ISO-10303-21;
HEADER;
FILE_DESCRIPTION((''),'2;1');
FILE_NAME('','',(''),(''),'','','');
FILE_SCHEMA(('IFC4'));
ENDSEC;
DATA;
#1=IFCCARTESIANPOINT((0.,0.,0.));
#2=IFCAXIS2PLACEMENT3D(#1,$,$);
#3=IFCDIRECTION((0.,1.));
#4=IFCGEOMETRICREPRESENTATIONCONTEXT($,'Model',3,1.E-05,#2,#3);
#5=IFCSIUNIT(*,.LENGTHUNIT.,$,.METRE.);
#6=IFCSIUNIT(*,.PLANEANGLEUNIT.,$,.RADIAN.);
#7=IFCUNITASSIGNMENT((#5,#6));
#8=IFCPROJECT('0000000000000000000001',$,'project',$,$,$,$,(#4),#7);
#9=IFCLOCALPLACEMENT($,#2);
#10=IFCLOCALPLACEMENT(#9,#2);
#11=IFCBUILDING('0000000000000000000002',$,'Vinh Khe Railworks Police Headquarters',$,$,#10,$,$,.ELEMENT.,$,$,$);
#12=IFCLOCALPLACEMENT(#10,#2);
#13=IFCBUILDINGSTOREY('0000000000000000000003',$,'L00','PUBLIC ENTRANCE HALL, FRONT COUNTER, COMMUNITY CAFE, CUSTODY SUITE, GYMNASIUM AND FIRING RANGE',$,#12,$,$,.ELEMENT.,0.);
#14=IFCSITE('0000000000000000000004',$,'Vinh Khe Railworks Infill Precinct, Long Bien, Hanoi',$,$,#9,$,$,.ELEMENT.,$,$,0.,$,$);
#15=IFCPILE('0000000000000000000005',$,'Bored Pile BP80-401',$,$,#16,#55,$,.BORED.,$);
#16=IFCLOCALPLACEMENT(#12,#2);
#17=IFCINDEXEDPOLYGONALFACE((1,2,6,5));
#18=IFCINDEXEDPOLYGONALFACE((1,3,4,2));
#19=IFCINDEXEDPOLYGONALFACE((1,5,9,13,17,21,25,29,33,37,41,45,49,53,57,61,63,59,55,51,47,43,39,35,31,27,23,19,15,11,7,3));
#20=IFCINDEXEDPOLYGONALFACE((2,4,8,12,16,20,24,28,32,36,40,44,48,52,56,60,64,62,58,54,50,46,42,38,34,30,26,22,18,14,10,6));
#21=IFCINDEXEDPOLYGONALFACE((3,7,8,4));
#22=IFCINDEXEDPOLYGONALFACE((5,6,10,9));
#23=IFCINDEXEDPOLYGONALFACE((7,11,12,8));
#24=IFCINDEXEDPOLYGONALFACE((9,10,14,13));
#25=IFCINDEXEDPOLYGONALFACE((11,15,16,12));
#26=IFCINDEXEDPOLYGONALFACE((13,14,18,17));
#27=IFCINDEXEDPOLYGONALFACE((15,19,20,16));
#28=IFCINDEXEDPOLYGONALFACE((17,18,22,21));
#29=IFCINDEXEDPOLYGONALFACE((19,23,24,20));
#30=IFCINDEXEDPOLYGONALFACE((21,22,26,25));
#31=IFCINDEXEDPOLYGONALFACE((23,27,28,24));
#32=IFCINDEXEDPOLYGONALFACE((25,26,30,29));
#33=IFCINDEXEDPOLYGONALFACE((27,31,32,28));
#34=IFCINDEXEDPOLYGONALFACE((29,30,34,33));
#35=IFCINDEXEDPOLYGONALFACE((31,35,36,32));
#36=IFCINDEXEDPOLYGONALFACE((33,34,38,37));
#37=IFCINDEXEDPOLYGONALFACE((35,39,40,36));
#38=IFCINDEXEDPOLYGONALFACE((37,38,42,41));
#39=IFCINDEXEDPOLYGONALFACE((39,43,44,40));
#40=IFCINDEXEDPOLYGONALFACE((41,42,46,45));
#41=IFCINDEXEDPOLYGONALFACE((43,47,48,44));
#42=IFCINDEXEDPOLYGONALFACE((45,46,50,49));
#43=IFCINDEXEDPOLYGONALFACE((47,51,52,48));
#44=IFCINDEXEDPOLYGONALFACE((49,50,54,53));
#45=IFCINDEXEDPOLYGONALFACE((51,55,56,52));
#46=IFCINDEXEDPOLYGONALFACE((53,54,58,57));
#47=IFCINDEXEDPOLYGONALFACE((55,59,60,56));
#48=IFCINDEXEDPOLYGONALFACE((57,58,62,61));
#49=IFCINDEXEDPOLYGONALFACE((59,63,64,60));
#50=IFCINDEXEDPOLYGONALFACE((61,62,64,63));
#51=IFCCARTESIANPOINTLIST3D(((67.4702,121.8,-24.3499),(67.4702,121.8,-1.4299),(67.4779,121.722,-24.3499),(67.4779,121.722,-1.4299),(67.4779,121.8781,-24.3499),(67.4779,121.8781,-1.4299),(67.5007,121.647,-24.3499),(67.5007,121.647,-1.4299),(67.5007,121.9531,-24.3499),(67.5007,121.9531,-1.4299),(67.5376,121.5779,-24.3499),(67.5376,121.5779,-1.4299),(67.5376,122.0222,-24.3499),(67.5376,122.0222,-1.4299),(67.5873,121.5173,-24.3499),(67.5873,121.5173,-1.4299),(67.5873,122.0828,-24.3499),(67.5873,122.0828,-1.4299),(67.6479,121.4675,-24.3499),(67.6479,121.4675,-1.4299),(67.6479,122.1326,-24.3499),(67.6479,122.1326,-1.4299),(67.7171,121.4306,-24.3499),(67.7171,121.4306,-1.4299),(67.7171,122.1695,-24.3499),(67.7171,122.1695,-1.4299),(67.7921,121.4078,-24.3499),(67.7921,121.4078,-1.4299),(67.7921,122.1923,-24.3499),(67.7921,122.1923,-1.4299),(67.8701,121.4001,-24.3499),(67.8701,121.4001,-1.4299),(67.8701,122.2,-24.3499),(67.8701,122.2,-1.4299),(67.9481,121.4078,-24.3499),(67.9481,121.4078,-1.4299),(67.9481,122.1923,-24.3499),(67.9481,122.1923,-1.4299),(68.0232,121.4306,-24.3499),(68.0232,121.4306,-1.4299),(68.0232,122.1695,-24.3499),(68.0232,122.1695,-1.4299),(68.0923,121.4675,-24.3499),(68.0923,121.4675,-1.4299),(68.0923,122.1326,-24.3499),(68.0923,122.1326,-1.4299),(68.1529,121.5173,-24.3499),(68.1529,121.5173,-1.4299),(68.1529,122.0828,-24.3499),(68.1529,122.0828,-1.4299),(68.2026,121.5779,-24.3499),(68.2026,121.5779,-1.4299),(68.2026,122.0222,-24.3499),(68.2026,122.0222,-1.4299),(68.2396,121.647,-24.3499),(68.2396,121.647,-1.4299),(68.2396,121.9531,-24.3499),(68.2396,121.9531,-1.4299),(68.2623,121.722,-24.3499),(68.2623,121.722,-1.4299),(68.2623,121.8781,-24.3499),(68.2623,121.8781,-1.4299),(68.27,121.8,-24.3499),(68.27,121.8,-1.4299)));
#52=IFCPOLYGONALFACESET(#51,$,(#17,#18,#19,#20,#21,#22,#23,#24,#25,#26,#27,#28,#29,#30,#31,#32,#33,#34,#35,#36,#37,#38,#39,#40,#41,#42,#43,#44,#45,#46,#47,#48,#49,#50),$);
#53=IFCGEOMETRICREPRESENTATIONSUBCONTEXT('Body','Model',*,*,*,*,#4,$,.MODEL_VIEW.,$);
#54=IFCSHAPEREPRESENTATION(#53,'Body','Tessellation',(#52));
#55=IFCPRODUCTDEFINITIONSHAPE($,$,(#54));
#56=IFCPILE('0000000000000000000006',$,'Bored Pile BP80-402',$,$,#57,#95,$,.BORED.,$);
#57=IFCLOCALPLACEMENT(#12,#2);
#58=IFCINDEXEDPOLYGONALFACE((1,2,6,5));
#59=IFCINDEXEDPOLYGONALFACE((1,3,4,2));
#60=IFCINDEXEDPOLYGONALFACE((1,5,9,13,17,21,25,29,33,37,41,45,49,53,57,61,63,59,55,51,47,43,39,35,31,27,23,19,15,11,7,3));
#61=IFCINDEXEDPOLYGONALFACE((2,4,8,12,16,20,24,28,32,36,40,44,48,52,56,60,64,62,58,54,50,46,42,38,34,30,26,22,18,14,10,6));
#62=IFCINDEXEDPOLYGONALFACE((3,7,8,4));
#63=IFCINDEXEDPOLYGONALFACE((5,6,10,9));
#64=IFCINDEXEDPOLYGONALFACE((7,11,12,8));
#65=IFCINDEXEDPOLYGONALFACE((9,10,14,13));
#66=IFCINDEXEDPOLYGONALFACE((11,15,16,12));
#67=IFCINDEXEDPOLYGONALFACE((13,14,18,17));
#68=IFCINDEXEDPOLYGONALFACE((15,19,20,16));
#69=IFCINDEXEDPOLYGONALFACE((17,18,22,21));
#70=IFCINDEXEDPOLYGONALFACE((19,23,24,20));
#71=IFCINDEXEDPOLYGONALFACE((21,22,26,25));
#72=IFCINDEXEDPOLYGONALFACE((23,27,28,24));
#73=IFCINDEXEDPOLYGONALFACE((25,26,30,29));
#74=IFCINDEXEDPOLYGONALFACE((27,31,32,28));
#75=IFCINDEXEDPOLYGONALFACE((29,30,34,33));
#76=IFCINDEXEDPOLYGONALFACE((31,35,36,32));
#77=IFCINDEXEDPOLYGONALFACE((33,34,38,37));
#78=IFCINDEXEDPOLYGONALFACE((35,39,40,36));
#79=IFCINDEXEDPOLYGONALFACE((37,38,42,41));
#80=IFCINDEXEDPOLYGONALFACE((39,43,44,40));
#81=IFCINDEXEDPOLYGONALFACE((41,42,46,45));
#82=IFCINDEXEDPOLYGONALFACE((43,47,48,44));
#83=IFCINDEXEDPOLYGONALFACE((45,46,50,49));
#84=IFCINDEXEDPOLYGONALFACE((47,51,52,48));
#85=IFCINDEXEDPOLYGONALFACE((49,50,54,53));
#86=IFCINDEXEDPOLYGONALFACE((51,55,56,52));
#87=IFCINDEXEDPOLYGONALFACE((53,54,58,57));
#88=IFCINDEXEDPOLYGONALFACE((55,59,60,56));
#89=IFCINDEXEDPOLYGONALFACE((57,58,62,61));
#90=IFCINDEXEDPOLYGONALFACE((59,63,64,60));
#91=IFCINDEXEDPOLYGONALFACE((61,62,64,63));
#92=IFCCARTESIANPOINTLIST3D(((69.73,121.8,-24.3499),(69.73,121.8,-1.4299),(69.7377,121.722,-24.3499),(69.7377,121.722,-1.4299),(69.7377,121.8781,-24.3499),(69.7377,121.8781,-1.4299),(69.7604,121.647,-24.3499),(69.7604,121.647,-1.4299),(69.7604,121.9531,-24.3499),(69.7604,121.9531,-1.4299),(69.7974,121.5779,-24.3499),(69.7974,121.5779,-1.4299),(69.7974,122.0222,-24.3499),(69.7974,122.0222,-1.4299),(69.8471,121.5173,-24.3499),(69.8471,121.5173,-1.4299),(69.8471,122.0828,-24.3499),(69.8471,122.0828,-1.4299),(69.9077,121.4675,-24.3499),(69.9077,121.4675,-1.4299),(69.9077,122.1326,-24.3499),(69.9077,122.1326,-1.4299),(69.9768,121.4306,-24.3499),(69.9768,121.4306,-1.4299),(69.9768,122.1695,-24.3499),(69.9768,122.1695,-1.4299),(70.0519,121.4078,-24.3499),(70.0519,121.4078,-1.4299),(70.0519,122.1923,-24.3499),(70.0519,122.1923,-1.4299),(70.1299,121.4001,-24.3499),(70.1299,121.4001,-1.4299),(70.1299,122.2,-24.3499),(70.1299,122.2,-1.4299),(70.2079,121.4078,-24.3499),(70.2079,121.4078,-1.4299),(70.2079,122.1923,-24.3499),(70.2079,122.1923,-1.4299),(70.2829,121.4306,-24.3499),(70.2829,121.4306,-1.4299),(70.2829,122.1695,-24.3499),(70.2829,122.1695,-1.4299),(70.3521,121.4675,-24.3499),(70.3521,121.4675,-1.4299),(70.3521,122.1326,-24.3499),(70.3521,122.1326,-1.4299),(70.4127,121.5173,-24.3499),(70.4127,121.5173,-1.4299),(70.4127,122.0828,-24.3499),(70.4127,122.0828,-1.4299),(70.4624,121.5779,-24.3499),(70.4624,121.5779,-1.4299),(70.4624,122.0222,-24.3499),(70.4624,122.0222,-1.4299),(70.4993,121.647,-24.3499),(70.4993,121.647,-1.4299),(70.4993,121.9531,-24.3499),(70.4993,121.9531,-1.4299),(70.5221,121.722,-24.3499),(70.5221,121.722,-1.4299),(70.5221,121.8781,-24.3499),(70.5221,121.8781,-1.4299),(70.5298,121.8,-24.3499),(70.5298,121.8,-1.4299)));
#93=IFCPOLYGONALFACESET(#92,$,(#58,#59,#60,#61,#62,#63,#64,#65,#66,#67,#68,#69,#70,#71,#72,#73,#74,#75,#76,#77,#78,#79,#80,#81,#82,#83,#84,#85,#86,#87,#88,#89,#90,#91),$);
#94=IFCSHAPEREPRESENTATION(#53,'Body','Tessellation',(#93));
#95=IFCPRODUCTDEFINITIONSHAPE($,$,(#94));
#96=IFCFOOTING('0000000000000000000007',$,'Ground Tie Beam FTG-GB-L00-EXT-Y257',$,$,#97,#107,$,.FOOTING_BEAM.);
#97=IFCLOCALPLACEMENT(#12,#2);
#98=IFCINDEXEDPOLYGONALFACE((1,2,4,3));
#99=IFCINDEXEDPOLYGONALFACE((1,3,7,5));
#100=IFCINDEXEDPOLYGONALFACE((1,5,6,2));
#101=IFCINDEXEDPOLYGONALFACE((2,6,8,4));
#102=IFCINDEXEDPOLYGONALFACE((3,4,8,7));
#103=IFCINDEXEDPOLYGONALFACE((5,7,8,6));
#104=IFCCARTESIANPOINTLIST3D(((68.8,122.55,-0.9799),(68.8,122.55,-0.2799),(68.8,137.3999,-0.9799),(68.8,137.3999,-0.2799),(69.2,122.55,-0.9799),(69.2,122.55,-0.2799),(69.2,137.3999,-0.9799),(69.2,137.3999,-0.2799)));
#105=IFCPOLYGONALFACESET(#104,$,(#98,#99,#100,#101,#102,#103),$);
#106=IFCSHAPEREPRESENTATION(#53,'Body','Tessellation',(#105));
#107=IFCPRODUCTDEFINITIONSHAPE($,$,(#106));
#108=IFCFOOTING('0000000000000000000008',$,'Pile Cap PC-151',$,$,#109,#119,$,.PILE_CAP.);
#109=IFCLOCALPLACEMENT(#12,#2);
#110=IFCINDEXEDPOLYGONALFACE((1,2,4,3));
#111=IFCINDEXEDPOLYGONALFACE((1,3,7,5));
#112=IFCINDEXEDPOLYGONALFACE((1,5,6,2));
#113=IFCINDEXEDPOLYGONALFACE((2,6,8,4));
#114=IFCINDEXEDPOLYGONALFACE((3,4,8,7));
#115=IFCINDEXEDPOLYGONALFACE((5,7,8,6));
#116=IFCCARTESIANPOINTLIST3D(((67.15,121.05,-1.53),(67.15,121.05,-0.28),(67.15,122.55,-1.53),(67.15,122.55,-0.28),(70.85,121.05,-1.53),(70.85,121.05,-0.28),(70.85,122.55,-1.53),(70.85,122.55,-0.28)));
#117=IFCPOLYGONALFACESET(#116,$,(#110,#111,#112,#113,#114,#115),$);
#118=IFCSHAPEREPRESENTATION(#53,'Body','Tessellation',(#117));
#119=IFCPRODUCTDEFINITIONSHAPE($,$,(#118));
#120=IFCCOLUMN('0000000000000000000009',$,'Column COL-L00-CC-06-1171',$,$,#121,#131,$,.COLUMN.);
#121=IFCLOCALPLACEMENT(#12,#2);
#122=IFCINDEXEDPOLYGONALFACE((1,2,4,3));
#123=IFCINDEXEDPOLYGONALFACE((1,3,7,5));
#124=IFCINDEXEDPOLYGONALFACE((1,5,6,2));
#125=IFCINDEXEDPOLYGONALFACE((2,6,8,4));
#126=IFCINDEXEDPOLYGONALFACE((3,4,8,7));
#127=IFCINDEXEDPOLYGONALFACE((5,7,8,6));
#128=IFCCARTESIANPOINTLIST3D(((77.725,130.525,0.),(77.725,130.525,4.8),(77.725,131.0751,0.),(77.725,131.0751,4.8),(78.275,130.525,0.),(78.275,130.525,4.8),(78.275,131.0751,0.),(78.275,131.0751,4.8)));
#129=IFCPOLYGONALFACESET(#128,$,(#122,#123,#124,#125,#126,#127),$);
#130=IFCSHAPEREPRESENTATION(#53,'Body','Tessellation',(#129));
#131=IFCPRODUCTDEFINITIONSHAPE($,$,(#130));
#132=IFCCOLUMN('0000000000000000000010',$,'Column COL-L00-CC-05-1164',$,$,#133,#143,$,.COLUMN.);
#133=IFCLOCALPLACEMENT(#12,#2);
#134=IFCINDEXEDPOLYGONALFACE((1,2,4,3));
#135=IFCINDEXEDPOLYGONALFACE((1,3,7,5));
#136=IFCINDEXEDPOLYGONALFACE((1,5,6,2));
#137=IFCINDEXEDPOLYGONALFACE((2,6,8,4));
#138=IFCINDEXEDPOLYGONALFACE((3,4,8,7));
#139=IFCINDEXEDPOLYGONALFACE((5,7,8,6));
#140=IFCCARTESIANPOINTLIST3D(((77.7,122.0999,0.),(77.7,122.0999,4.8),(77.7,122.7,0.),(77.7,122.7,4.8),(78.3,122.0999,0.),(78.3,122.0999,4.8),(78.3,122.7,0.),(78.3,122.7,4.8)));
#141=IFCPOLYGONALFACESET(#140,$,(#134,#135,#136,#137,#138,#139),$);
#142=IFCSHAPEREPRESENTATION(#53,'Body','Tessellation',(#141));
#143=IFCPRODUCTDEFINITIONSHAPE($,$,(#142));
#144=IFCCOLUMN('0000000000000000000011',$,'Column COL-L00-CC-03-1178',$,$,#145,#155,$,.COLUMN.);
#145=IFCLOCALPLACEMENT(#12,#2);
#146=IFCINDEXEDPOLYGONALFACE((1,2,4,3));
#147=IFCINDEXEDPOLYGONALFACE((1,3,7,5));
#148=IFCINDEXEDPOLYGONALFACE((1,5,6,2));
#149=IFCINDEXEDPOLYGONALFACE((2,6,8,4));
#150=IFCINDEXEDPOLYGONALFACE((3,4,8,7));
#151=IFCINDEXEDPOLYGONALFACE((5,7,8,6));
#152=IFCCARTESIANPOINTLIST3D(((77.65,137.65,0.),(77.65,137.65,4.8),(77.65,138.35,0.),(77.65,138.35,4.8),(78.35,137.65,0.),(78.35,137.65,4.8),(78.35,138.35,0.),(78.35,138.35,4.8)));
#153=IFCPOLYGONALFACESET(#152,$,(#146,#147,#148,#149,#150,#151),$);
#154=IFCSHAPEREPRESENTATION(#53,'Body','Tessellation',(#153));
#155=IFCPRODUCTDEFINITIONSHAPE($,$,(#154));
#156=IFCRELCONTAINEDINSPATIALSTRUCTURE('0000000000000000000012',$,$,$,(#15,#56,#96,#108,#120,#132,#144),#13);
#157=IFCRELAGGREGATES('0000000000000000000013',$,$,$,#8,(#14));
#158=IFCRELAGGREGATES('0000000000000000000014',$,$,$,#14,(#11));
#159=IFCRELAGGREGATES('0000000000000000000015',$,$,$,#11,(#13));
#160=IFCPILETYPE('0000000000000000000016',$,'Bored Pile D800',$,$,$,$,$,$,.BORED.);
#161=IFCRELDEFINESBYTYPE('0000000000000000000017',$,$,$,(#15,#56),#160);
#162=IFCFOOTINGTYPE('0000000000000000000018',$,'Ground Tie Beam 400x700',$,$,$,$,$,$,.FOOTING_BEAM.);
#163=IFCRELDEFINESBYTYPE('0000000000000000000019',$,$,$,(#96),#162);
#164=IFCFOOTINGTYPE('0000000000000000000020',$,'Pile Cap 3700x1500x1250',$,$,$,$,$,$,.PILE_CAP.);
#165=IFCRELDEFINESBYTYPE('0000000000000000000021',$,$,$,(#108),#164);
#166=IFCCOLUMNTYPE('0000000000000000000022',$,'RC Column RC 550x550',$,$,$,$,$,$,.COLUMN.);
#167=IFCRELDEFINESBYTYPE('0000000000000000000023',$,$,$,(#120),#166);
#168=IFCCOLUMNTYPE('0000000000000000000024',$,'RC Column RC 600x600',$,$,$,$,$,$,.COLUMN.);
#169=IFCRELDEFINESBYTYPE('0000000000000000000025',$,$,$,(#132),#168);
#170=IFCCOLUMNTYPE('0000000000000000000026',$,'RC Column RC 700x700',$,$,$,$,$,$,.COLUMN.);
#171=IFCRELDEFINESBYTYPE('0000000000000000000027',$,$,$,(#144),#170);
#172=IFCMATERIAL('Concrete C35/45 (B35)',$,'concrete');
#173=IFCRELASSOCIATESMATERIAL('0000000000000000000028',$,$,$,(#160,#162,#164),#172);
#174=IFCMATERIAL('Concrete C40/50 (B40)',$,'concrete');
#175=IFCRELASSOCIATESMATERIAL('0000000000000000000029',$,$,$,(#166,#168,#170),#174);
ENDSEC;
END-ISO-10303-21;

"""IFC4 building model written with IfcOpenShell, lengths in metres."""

from ifc_helpers import new_model, si_unit, direction, frame, origin, origin_2d, place, context, subcontext, project, spatial, rectangle, circle, extrude, material, material_profile, profile_set, type_object, element, save


model = new_model("IFC4")

# Units and contexts
model_context = context("Model", 3, precision=1e-05, world=origin(), true_north=direction((0.0, 1.0)))
body_context = subcontext(model_context, "Body", "Model", "MODEL_VIEW")
ifc_project = project(units=[si_unit("LENGTHUNIT", "METRE"), si_unit("PLANEANGLEUNIT", "RADIAN")], contexts=[model_context])

# Site, building, storey
site_placement = place(None, origin())
site = spatial("IfcSite", under=ifc_project, at=site_placement, Name="Vinh Khe Railworks Infill Precinct, Long Bien, Hanoi", CompositionType="ELEMENT", RefElevation=0.0)
building_placement = place(site_placement, origin())
building = spatial("IfcBuilding", under=site, at=building_placement, Name="Vinh Khe Railworks Police Headquarters", CompositionType="ELEMENT")
storey_placement = place(building_placement, origin())
storey = spatial("IfcBuildingStorey", under=building, at=storey_placement, Name="L00", Description="PUBLIC ENTRANCE HALL, FRONT COUNTER, COMMUNITY CAFE, CUSTODY SUITE, GYMNASIUM AND FIRING RANGE", CompositionType="ELEMENT", Elevation=0.0)

# Piles
ifc_material_1 = material(Name="Concrete C35/45 (B35)", Category="concrete")
ifc_material_profile_1 = material_profile(ifc_material_1, circle(Radius=0.3999, at=origin_2d()), Name="BORED PILE D800")
ifc_profile_set_1 = profile_set([ifc_material_profile_1], Name="Concrete C35/45 (B35)")
pile_type = type_object("IfcPileType", Name="Bored Pile D800", PredefinedType="BORED", material=ifc_profile_set_1)
for number, where, z_axis, x_axis, name in (
    (1, (67.8701, 121.8, -1.4299), (0.0, 0.0, -1.0), (1.0, 0.0, 0.0), "Bored Pile BP80-401"),
    (2, (70.1299, 121.8, -1.4299), (0.0, 0.0, -1.0), (1.0, 0.0, 0.0), "Bored Pile BP80-402"),
):
    element("IfcPile", number, at=place(storey_placement, frame(where, z_axis=z_axis, x_axis=x_axis)), inside=storey, type_object=pile_type, Name=name, PredefinedType="BORED", context=body_context, shape_type="SweptSolid", body=[
        extrude(circle(Radius=0.3999, at=origin_2d()), origin(), (0.0, 0.0, 1.0), 22.9199),
    ])

# Footings
ifc_material_profile_2 = material_profile(ifc_material_1, rectangle(XDim=0.3999, YDim=0.7, at=origin_2d()), Name="RC 400x700")
ifc_profile_set_2 = profile_set([ifc_material_profile_2], Name="Concrete C35/45 (B35)")
footing_type_1 = type_object("IfcFootingType", Name="Ground Tie Beam 400x700", PredefinedType="FOOTING_BEAM", material=ifc_profile_set_2)
footing_1_placement = place(storey_placement, frame((69.0, 122.55, -0.6299), z_axis=(0.0, 1.0, 0.0), x_axis=(-1.0, 0.0, 0.0)))
element("IfcFooting", 3, at=footing_1_placement, inside=storey, type_object=footing_type_1, Name="Ground Tie Beam FTG-GB-L00-EXT-Y257", PredefinedType="FOOTING_BEAM", context=body_context, shape_type="SweptSolid", body=[
    extrude(rectangle(XDim=0.3999, YDim=0.7, at=origin_2d()), origin(), (0.0, 0.0, 1.0), 14.8499),
])
footing_type_2 = type_object("IfcFootingType", Name="Pile Cap 3700x1500x1250", PredefinedType="PILE_CAP", material=ifc_material_1)
footing_2_placement = place(storey_placement, frame((69.0, 121.8, -1.53), z_axis=(0.0, 0.0, 1.0), x_axis=(1.0, 0.0, 0.0)))
element("IfcFooting", 4, at=footing_2_placement, inside=storey, type_object=footing_type_2, Name="Pile Cap PC-151", PredefinedType="PILE_CAP", context=body_context, shape_type="SweptSolid", body=[
    extrude(rectangle(XDim=3.7, YDim=1.5, at=origin_2d()), origin(), (0.0, 0.0, 1.0), 1.25),
])

# Columns
ifc_material_2 = material(Name="Concrete C40/50 (B40)", Category="concrete")
ifc_material_profile_3 = material_profile(ifc_material_2, rectangle(XDim=0.55, YDim=0.55, at=origin_2d()), Name="RC 550x550")
ifc_profile_set_3 = profile_set([ifc_material_profile_3], Name="Concrete C40/50 (B40)")
column_type_1 = type_object("IfcColumnType", Name="RC Column RC 550x550", PredefinedType="COLUMN", material=ifc_profile_set_3)
column_1_placement = place(storey_placement, frame((78.0, 130.8, 0.0), z_axis=(0.0, 0.0, 1.0), x_axis=(1.0, 0.0, 0.0)))
element("IfcColumn", 5, at=column_1_placement, inside=storey, type_object=column_type_1, Name="Column COL-L00-CC-06-1171", PredefinedType="COLUMN", context=body_context, shape_type="SweptSolid", body=[
    extrude(rectangle(XDim=0.55, YDim=0.55, at=origin_2d()), origin(), (0.0, 0.0, 1.0), 4.8),
])
ifc_material_profile_4 = material_profile(ifc_material_2, rectangle(XDim=0.6001, YDim=0.6001, at=origin_2d()), Name="RC 600x600")
ifc_profile_set_4 = profile_set([ifc_material_profile_4], Name="Concrete C40/50 (B40)")
column_type_2 = type_object("IfcColumnType", Name="RC Column RC 600x600", PredefinedType="COLUMN", material=ifc_profile_set_4)
column_2_placement = place(storey_placement, frame((78.0, 122.3999, 0.0), z_axis=(0.0, 0.0, 1.0), x_axis=(1.0, 0.0, 0.0)))
element("IfcColumn", 6, at=column_2_placement, inside=storey, type_object=column_type_2, Name="Column COL-L00-CC-05-1164", PredefinedType="COLUMN", context=body_context, shape_type="SweptSolid", body=[
    extrude(rectangle(XDim=0.6001, YDim=0.6001, at=origin_2d()), origin(), (0.0, 0.0, 1.0), 4.8),
])
ifc_material_profile_5 = material_profile(ifc_material_2, rectangle(XDim=0.7, YDim=0.7, at=origin_2d()), Name="RC 700x700")
ifc_profile_set_5 = profile_set([ifc_material_profile_5], Name="Concrete C40/50 (B40)")
column_type_3 = type_object("IfcColumnType", Name="RC Column RC 700x700", PredefinedType="COLUMN", material=ifc_profile_set_5)
column_3_placement = place(storey_placement, frame((78.0, 138.0, 0.0), z_axis=(0.0, 0.0, 1.0), x_axis=(1.0, 0.0, 0.0)))
element("IfcColumn", 7, at=column_3_placement, inside=storey, type_object=column_type_3, Name="Column COL-L00-CC-03-1178", PredefinedType="COLUMN", context=body_context, shape_type="SweptSolid", body=[
    extrude(rectangle(XDim=0.7, YDim=0.7, at=origin_2d()), origin(), (0.0, 0.0, 1.0), 4.8),
])

save(model, "model.ifc")
